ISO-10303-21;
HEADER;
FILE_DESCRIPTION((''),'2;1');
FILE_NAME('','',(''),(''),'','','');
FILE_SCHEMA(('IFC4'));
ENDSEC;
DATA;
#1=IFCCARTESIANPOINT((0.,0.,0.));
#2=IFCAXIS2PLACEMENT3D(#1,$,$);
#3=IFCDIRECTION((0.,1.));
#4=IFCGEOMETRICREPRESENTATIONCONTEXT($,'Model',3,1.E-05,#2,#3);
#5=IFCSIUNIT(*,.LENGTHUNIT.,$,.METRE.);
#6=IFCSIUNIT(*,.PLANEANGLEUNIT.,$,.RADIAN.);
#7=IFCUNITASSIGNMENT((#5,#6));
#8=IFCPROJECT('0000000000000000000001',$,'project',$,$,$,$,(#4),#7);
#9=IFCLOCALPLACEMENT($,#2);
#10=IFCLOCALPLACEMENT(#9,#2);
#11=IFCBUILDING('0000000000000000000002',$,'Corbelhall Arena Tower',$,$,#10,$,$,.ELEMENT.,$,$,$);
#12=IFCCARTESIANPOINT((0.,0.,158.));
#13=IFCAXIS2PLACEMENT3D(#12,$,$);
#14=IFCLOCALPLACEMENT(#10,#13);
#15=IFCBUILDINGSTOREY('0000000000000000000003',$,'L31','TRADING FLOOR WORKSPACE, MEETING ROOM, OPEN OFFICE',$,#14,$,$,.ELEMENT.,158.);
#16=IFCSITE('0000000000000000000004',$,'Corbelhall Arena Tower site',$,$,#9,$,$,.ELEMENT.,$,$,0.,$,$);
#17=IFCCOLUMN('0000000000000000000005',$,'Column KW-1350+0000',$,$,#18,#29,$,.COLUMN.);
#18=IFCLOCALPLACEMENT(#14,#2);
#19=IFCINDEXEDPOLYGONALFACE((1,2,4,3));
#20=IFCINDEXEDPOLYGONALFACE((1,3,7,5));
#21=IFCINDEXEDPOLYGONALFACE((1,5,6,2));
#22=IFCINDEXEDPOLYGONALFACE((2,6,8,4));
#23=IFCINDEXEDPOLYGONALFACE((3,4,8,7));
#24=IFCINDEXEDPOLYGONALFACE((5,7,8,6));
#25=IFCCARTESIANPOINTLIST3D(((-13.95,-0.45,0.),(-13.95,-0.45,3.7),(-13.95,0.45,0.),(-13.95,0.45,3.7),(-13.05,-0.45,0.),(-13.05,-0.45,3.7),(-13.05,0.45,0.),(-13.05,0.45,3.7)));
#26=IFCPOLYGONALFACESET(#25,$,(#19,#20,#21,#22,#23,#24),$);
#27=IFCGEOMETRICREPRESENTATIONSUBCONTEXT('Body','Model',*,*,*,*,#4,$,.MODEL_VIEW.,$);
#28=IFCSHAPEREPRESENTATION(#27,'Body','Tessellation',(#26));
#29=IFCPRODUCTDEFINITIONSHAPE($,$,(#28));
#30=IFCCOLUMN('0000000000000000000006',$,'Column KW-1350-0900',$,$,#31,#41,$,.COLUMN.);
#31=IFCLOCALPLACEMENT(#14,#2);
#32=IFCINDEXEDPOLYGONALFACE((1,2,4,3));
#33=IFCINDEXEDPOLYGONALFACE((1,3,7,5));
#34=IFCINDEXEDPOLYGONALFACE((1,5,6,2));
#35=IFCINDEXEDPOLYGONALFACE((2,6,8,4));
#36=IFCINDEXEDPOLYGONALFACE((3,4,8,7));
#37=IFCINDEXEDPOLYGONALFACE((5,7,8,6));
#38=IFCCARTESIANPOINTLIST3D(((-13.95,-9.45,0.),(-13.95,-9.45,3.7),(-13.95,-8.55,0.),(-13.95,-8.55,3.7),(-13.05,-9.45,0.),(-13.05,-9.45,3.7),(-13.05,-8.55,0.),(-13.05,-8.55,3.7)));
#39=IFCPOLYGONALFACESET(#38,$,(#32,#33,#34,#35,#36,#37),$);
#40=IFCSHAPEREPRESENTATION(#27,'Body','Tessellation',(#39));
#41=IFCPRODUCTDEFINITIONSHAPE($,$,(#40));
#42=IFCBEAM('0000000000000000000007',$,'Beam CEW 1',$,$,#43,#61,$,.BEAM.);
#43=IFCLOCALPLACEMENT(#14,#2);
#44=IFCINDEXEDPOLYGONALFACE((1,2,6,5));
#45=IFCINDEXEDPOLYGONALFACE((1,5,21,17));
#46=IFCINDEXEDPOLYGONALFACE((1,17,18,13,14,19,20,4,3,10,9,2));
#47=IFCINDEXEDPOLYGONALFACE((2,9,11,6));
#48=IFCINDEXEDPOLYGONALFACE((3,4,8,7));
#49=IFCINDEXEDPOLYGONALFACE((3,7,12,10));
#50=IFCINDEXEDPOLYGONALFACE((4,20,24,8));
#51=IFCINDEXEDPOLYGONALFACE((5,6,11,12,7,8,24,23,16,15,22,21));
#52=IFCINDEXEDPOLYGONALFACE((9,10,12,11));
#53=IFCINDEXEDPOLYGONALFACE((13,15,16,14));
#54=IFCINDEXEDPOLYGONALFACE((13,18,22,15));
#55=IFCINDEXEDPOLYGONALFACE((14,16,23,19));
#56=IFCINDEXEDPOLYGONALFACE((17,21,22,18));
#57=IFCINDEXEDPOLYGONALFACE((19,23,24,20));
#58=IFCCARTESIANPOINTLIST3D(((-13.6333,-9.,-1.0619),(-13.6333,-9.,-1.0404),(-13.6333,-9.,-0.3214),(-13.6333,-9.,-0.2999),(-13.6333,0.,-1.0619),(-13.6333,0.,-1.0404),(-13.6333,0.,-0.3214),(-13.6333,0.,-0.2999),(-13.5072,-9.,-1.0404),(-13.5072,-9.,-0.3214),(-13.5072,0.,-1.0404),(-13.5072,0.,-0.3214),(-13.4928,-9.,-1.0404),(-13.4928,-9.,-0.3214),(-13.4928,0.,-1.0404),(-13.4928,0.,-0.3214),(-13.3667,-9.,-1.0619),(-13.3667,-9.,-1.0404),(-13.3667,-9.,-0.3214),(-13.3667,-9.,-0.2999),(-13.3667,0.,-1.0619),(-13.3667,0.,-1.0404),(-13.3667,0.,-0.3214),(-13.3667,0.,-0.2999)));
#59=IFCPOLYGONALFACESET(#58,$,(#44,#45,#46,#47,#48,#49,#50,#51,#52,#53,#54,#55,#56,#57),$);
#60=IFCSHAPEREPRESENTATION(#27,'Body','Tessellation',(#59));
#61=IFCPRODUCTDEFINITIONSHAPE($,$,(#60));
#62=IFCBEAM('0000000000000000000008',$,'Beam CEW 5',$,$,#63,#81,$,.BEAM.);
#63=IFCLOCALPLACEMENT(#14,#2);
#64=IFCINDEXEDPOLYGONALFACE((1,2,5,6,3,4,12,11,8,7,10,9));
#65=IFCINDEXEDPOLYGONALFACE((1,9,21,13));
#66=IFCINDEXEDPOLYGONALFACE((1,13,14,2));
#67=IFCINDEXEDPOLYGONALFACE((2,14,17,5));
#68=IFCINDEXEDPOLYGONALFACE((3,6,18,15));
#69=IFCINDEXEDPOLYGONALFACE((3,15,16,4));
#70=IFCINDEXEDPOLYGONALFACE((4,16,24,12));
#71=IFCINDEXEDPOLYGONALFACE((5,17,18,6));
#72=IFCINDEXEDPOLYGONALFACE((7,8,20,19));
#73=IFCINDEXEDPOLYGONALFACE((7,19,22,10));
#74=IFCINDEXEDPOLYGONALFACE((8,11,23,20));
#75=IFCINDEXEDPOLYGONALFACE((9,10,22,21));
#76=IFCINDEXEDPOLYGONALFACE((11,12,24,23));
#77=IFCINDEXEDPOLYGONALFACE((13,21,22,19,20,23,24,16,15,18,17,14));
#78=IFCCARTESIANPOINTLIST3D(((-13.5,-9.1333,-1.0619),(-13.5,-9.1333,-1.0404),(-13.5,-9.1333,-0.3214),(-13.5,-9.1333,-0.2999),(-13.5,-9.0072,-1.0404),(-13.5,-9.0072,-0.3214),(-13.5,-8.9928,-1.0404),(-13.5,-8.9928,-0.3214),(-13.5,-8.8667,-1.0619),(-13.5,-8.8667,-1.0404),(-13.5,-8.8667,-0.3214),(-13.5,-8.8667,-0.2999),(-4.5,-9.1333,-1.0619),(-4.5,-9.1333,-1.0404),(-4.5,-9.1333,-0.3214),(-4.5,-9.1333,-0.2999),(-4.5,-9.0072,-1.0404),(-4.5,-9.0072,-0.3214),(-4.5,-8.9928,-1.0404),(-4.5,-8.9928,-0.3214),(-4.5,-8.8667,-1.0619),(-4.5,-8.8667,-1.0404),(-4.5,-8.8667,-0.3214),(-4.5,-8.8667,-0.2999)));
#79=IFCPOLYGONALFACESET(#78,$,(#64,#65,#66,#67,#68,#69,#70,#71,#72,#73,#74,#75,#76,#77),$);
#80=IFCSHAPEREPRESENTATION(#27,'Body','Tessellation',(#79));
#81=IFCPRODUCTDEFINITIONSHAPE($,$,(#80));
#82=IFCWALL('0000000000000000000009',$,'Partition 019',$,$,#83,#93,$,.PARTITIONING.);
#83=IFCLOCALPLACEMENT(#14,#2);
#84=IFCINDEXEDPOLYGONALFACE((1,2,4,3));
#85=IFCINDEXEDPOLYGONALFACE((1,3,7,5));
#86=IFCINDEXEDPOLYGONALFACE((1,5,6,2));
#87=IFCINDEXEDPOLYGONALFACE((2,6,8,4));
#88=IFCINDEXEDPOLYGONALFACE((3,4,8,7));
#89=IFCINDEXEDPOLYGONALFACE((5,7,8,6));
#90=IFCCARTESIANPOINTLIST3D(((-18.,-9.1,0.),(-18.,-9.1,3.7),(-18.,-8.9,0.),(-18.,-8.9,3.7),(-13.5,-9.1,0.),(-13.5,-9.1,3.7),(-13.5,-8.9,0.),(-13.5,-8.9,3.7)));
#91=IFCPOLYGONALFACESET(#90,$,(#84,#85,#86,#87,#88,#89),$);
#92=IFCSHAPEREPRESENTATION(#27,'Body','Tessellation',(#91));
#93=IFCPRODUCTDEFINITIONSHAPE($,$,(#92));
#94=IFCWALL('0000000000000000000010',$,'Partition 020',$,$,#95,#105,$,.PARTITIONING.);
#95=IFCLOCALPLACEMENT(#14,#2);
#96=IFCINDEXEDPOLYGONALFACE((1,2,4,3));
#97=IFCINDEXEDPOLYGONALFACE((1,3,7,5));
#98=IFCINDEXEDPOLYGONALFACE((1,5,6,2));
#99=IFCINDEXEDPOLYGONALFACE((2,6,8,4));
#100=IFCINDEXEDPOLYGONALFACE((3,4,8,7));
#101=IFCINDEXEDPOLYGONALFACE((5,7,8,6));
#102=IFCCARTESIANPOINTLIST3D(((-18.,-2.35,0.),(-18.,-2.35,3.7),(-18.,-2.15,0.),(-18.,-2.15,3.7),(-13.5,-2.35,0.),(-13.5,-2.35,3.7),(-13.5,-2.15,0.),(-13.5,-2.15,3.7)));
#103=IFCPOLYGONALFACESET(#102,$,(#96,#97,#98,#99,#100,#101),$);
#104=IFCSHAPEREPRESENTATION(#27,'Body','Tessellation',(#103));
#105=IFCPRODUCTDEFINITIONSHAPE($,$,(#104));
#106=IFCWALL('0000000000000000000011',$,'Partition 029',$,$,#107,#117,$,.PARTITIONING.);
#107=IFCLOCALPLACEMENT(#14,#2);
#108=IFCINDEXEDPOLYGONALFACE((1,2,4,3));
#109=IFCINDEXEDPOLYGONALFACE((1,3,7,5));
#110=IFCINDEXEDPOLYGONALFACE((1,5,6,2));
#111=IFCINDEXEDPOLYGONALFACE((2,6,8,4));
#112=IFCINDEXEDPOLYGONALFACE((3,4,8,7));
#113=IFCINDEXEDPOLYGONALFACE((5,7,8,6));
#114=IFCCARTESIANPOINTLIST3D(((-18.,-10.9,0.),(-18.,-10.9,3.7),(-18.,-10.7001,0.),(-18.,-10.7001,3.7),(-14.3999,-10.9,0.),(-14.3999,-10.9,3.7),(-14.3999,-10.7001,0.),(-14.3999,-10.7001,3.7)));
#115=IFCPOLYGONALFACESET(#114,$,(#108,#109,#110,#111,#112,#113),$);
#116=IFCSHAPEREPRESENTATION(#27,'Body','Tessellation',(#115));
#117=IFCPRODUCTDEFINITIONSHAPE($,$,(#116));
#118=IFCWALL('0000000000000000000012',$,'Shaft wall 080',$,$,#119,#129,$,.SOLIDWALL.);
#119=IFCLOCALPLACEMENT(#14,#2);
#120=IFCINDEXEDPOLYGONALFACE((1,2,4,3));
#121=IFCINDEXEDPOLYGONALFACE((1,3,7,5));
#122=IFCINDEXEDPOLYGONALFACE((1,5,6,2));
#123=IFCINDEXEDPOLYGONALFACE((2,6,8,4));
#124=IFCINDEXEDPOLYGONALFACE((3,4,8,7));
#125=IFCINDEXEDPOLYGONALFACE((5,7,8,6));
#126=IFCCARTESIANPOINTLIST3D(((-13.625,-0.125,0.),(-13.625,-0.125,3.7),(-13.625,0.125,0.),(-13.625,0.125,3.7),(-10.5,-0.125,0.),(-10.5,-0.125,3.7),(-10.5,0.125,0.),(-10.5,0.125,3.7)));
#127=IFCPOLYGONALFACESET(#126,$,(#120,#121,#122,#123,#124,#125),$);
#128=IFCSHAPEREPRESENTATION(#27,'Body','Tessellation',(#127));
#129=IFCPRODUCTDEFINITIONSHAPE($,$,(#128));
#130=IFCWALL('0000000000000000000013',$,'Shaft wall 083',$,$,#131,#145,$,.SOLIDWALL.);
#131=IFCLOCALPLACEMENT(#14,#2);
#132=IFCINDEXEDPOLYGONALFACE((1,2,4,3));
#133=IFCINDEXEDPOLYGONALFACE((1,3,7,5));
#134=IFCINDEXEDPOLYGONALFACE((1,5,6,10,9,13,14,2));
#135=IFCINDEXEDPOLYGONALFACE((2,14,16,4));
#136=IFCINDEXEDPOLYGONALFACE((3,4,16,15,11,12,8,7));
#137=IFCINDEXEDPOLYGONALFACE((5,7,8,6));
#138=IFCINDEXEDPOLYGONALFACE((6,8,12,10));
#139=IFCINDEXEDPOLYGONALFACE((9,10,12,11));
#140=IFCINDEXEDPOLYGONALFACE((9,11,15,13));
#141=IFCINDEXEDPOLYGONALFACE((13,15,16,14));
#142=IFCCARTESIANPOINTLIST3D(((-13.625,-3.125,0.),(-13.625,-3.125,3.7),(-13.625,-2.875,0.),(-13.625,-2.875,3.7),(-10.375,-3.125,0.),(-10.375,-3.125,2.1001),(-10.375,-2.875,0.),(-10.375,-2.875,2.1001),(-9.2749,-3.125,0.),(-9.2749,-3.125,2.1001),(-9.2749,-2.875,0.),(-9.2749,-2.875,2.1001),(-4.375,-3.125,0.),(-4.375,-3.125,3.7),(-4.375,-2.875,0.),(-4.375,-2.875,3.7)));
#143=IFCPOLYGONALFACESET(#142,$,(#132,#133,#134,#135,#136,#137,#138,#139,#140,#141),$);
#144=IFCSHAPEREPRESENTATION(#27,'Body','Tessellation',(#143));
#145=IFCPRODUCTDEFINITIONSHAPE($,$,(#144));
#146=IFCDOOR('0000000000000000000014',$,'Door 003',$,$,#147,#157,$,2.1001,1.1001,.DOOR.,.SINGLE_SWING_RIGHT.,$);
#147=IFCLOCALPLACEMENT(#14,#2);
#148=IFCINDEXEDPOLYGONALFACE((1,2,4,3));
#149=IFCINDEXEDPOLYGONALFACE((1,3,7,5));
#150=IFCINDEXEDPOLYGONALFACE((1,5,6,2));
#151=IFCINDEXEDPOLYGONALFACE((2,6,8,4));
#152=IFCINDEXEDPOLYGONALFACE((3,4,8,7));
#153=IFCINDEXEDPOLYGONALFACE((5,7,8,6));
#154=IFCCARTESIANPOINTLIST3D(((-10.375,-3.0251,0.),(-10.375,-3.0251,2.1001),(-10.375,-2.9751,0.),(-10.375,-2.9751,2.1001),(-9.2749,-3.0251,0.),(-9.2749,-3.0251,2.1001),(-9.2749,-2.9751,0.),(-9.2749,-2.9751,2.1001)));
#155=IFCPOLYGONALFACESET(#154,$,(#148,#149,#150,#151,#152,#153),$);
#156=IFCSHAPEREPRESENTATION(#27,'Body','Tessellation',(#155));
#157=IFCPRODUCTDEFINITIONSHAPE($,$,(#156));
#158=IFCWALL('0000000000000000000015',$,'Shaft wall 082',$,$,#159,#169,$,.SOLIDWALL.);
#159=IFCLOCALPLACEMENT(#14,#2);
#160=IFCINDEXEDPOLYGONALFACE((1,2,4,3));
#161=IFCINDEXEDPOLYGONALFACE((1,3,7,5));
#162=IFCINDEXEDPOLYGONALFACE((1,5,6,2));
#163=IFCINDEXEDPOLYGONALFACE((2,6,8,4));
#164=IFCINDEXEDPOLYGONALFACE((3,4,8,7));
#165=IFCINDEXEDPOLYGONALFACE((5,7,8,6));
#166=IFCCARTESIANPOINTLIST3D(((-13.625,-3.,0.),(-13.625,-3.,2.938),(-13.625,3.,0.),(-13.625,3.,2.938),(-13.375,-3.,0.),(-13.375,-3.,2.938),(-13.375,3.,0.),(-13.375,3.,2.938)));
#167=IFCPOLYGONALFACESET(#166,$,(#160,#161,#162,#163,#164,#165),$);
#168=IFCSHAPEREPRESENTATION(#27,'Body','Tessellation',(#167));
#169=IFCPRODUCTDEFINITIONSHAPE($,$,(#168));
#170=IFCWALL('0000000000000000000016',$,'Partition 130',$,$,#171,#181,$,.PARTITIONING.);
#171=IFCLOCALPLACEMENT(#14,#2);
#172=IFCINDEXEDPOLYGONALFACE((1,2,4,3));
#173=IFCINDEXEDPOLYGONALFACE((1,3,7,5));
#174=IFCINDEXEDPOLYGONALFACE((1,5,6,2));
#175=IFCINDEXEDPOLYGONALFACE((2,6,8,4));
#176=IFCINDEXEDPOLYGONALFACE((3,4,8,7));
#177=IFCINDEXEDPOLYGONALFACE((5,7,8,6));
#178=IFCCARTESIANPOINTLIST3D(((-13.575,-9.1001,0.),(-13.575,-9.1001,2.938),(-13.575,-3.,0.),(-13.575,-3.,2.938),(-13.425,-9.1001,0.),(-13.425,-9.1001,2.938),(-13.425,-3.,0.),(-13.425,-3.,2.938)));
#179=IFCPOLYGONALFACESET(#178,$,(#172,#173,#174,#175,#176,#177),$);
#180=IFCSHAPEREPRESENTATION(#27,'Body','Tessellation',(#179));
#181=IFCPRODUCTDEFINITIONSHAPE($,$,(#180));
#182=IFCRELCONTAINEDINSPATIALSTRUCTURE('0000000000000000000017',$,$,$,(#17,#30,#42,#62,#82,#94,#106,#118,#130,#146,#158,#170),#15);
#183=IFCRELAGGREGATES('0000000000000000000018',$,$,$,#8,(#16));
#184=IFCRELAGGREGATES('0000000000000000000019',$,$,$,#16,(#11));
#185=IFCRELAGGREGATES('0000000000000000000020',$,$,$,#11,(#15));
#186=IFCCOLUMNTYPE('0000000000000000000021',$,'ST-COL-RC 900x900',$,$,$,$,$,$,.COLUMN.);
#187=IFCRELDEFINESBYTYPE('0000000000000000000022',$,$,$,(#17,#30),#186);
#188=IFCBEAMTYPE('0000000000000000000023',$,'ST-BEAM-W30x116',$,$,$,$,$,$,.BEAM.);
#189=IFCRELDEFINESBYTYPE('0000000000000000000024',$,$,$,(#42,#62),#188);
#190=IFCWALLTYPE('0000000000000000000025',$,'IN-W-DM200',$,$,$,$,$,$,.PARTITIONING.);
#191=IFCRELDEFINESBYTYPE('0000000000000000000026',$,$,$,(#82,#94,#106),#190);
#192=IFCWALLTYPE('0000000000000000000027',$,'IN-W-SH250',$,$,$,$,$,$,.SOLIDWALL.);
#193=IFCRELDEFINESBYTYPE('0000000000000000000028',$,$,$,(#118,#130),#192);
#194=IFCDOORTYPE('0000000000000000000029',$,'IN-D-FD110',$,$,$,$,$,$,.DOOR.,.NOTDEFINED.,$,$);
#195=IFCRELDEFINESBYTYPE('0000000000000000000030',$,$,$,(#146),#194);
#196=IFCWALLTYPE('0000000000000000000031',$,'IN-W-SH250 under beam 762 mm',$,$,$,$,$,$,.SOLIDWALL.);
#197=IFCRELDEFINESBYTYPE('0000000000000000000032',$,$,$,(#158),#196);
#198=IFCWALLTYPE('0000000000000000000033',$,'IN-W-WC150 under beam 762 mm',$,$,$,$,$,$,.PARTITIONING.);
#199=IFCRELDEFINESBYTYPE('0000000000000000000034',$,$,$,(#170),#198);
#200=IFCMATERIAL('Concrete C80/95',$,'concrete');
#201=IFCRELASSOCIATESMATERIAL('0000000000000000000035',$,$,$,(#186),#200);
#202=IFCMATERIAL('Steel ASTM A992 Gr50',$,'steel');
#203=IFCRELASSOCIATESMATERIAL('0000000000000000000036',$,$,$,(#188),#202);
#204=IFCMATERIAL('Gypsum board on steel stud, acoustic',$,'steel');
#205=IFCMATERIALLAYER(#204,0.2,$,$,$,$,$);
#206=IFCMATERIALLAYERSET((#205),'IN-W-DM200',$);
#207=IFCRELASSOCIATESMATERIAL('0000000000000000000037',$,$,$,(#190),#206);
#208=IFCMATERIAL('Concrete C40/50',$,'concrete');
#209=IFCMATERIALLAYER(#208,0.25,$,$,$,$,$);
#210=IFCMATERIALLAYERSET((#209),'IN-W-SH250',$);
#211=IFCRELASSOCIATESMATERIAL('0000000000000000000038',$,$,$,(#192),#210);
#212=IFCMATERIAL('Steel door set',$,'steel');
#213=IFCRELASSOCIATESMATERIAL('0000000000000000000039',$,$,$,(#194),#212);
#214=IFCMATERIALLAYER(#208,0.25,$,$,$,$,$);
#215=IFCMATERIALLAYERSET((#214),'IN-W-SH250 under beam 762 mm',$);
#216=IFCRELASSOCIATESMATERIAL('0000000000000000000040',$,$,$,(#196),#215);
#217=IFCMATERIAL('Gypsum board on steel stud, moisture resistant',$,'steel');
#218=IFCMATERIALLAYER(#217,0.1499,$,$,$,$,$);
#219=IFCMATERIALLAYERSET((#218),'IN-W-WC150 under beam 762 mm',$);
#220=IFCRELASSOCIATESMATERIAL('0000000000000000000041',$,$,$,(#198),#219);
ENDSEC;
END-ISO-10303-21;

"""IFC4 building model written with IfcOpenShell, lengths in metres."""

from ifc_helpers import new_model, si_unit, direction, frame, frame_2d, origin, origin_2d, place, context, subcontext, project, spatial, rectangle, i_section, extrude, material, layer, layer_set, material_profile, profile_set, type_object, element, fill, save


model = new_model("IFC4")

# Units and contexts
model_context = context("Model", 3, precision=1e-05, world=origin(), true_north=direction((0.0, 1.0)))
body_context = subcontext(model_context, "Body", "Model", "MODEL_VIEW")
ifc_project = project(units=[si_unit("LENGTHUNIT", "METRE"), si_unit("PLANEANGLEUNIT", "RADIAN")], contexts=[model_context])

# Site, building, storey
site_placement = place(None, origin())
site = spatial("IfcSite", under=ifc_project, at=site_placement, Name="Corbelhall Arena Tower site", CompositionType="ELEMENT", RefElevation=0.0)
building_placement = place(site_placement, origin())
building = spatial("IfcBuilding", under=site, at=building_placement, Name="Corbelhall Arena Tower", CompositionType="ELEMENT")
storey_placement = place(building_placement, frame((0.0, 0.0, 158.0)))
storey = spatial("IfcBuildingStorey", under=building, at=storey_placement, Name="L31", Description="TRADING FLOOR WORKSPACE, MEETING ROOM, OPEN OFFICE", CompositionType="ELEMENT", Elevation=158.0)

# Columns
ifc_material_1 = material(Name="Concrete C80/95", Category="concrete")
ifc_material_profile_1 = material_profile(ifc_material_1, rectangle(XDim=0.8999, YDim=0.8999, at=origin_2d()))
ifc_profile_set_1 = profile_set([ifc_material_profile_1], Name="Concrete C80/95")
column_type = type_object("IfcColumnType", Name="ST-COL-RC 900x900", PredefinedType="COLUMN", material=ifc_profile_set_1)
for number, where, z_axis, x_axis, name in (
    (1, (-13.5, 0.0, 0.0), (0.0, 0.0, 1.0), (1.0, 0.0, 0.0), "Column KW-1350+0000"),
    (2, (-13.5, -9.0, 0.0), (0.0, 0.0, 1.0), (1.0, 0.0, 0.0), "Column KW-1350-0900"),
):
    element("IfcColumn", number, at=place(storey_placement, frame(where, z_axis=z_axis, x_axis=x_axis)), inside=storey, type_object=column_type, Name=name, PredefinedType="COLUMN", context=body_context, shape_type="SweptSolid", body=[
        extrude(rectangle(XDim=0.8999, YDim=0.8999, at=origin_2d()), origin(), (0.0, 0.0, 1.0), 3.7),
    ])

# Beams
ifc_material_2 = material(Name="Steel ASTM A992 Gr50", Category="steel")
ifc_material_profile_2 = material_profile(ifc_material_2, i_section(OverallWidth=0.2666, OverallDepth=0.762, WebThickness=0.0144, FlangeThickness=0.0215, at=origin_2d()))
ifc_profile_set_2 = profile_set([ifc_material_profile_2], Name="Steel ASTM A992 Gr50")
beam_type = type_object("IfcBeamType", Name="ST-BEAM-W30x116", PredefinedType="BEAM", material=ifc_profile_set_2)
for number, where, z_axis, x_axis, name in (
    (3, (-13.5, -9.0, -0.6809), (0.0, 1.0, 0.0), (-1.0, 0.0, 0.0), "Beam CEW 1"),
    (4, (-13.5, -9.0, -0.6809), (1.0, 0.0, 0.0), (0.0, 1.0, 0.0), "Beam CEW 5"),
):
    element("IfcBeam", number, at=place(storey_placement, frame(where, z_axis=z_axis, x_axis=x_axis)), inside=storey, type_object=beam_type, Name=name, PredefinedType="BEAM", context=body_context, shape_type="SweptSolid", body=[
        extrude(i_section(OverallWidth=0.2666, OverallDepth=0.762, WebThickness=0.0144, FlangeThickness=0.0215, at=origin_2d()), origin(), (0.0, 0.0, 1.0), 9.0),
    ])

# Shared definitions
ifc_material_3 = material(Name="Gypsum board on steel stud, acoustic", Category="steel")
ifc_layer_1 = layer(ifc_material_3, 0.2)
ifc_layer_set_1 = layer_set([ifc_layer_1], Name="IN-W-DM200")
wall_type_1 = type_object("IfcWallType", Name="IN-W-DM200", PredefinedType="PARTITIONING", material=ifc_layer_set_1)
ifc_material_4 = material(Name="Steel door set", Category="steel")

# Walls
for number, where, z_axis, x_axis, name in (
    (5, (-18.0, -9.0, 0.0), (0.0, 0.0, 1.0), (1.0, 0.0, 0.0), "Partition 019"),
    (6, (-18.0, -2.25, 0.0), (0.0, 0.0, 1.0), (1.0, 0.0, 0.0), "Partition 020"),
):
    element("IfcWall", number, at=place(storey_placement, frame(where, z_axis=z_axis, x_axis=x_axis)), inside=storey, type_object=wall_type_1, Name=name, PredefinedType="PARTITIONING", context=body_context, shape_type="SweptSolid", body=[
        extrude(rectangle(XDim=4.5, YDim=0.2, at=frame_2d((2.25, 0.0))), origin(), (0.0, 0.0, 1.0), 3.7),
    ])
wall_1_placement = place(storey_placement, frame((-14.3999, -10.8, 0.0), z_axis=(0.0, 0.0, 1.0), x_axis=(-1.0, 0.0, 0.0)))
element("IfcWall", 7, at=wall_1_placement, inside=storey, type_object=wall_type_1, Name="Partition 029", PredefinedType="PARTITIONING", context=body_context, shape_type="SweptSolid", body=[
    extrude(rectangle(XDim=3.6001, YDim=0.2, at=frame_2d((1.8, 0.0))), origin(), (0.0, 0.0, 1.0), 3.7),
])
ifc_material_5 = material(Name="Concrete C40/50", Category="concrete")
ifc_layer_2 = layer(ifc_material_5, 0.25)
ifc_layer_set_2 = layer_set([ifc_layer_2], Name="IN-W-SH250")
wall_type_2 = type_object("IfcWallType", Name="IN-W-SH250", PredefinedType="SOLIDWALL", material=ifc_layer_set_2)
wall_2_placement = place(storey_placement, frame((-13.625, 0.0, 0.0), z_axis=(0.0, 0.0, 1.0), x_axis=(1.0, 0.0, 0.0)))
element("IfcWall", 8, at=wall_2_placement, inside=storey, type_object=wall_type_2, Name="Shaft wall 080", PredefinedType="SOLIDWALL", context=body_context, shape_type="SweptSolid", body=[
    extrude(rectangle(XDim=3.125, YDim=0.25, at=frame_2d((1.5625, 0.0))), origin(), (0.0, 0.0, 1.0), 3.7),
])

# Wall, opening, door
wall_3_placement = place(storey_placement, frame((-13.625, -3.0, 0.0), z_axis=(0.0, 0.0, 1.0), x_axis=(1.0, 0.0, 0.0)))
wall_3 = element("IfcWall", 9, at=wall_3_placement, inside=storey, type_object=wall_type_2, Name="Shaft wall 083", PredefinedType="SOLIDWALL", context=body_context, shape_type="SweptSolid", body=[
    extrude(rectangle(XDim=9.25, YDim=0.25, at=frame_2d((4.625, 0.0))), origin(), (0.0, 0.0, 1.0), 3.7),
])
opening_1_placement = place(wall_3_placement, frame((3.25, 0.0, 0.0)))
opening_1 = element("IfcOpeningElement", 10, at=opening_1_placement, cuts=wall_3, PredefinedType="OPENING", context=body_context, shape_type="SweptSolid", body=[
    extrude(rectangle(XDim=1.1001, YDim=2.1001, at=frame_2d((0.55, 1.05))), frame((0.0, 0.125, 0.0), z_axis=(0.0, -1.0, 0.0), x_axis=(1.0, 0.0, 0.0)), (0.0, 0.0, 1.0), 0.25),
])
door_type_1 = type_object("IfcDoorType", Name="IN-D-FD110", OperationType="NOTDEFINED", PredefinedType="DOOR", material=ifc_material_4)
door_1_placement = place(opening_1_placement, origin())
door_1 = element("IfcDoor", 11, at=door_1_placement, inside=storey, type_object=door_type_1, Name="Door 003", OperationType="SINGLE_SWING_RIGHT", OverallHeight=2.1001, OverallWidth=1.1001, PredefinedType="DOOR", context=body_context, shape_type="SweptSolid", body=[
    extrude(rectangle(XDim=1.1001, YDim=2.1001, at=frame_2d((0.55, 1.05))), frame((0.0, 0.0249, 0.0), z_axis=(0.0, -1.0, 0.0), x_axis=(1.0, 0.0, 0.0)), (0.0, 0.0, 1.0), 0.05),
])
fill(opening_1, door_1)

# Walls
ifc_layer_3 = layer(ifc_material_5, 0.25)
ifc_layer_set_3 = layer_set([ifc_layer_3], Name="IN-W-SH250 under beam 762 mm")
wall_type_3 = type_object("IfcWallType", Name="IN-W-SH250 under beam 762 mm", PredefinedType="SOLIDWALL", material=ifc_layer_set_3)
wall_4_placement = place(storey_placement, frame((-13.5, -3.0, 0.0), z_axis=(0.0, 0.0, 1.0), x_axis=(0.0, 1.0, 0.0)))
element("IfcWall", 12, at=wall_4_placement, inside=storey, type_object=wall_type_3, Name="Shaft wall 082", PredefinedType="SOLIDWALL", context=body_context, shape_type="SweptSolid", body=[
    extrude(rectangle(XDim=6.0, YDim=0.25, at=frame_2d((3.0, 0.0))), origin(), (0.0, 0.0, 1.0), 2.938),
])
ifc_material_6 = material(Name="Gypsum board on steel stud, moisture resistant", Category="steel")
ifc_layer_4 = layer(ifc_material_6, 0.1499)
ifc_layer_set_4 = layer_set([ifc_layer_4], Name="IN-W-WC150 under beam 762 mm")
wall_type_4 = type_object("IfcWallType", Name="IN-W-WC150 under beam 762 mm", PredefinedType="PARTITIONING", material=ifc_layer_set_4)
wall_5_placement = place(storey_placement, frame((-13.5, -9.1001, 0.0), z_axis=(0.0, 0.0, 1.0), x_axis=(0.0, 1.0, 0.0)))
element("IfcWall", 13, at=wall_5_placement, inside=storey, type_object=wall_type_4, Name="Partition 130", PredefinedType="PARTITIONING", context=body_context, shape_type="SweptSolid", body=[
    extrude(rectangle(XDim=6.1001, YDim=0.1499, at=frame_2d((3.05, 0.0))), origin(), (0.0, 0.0, 1.0), 2.938),
])

save(model, "model.ifc")
